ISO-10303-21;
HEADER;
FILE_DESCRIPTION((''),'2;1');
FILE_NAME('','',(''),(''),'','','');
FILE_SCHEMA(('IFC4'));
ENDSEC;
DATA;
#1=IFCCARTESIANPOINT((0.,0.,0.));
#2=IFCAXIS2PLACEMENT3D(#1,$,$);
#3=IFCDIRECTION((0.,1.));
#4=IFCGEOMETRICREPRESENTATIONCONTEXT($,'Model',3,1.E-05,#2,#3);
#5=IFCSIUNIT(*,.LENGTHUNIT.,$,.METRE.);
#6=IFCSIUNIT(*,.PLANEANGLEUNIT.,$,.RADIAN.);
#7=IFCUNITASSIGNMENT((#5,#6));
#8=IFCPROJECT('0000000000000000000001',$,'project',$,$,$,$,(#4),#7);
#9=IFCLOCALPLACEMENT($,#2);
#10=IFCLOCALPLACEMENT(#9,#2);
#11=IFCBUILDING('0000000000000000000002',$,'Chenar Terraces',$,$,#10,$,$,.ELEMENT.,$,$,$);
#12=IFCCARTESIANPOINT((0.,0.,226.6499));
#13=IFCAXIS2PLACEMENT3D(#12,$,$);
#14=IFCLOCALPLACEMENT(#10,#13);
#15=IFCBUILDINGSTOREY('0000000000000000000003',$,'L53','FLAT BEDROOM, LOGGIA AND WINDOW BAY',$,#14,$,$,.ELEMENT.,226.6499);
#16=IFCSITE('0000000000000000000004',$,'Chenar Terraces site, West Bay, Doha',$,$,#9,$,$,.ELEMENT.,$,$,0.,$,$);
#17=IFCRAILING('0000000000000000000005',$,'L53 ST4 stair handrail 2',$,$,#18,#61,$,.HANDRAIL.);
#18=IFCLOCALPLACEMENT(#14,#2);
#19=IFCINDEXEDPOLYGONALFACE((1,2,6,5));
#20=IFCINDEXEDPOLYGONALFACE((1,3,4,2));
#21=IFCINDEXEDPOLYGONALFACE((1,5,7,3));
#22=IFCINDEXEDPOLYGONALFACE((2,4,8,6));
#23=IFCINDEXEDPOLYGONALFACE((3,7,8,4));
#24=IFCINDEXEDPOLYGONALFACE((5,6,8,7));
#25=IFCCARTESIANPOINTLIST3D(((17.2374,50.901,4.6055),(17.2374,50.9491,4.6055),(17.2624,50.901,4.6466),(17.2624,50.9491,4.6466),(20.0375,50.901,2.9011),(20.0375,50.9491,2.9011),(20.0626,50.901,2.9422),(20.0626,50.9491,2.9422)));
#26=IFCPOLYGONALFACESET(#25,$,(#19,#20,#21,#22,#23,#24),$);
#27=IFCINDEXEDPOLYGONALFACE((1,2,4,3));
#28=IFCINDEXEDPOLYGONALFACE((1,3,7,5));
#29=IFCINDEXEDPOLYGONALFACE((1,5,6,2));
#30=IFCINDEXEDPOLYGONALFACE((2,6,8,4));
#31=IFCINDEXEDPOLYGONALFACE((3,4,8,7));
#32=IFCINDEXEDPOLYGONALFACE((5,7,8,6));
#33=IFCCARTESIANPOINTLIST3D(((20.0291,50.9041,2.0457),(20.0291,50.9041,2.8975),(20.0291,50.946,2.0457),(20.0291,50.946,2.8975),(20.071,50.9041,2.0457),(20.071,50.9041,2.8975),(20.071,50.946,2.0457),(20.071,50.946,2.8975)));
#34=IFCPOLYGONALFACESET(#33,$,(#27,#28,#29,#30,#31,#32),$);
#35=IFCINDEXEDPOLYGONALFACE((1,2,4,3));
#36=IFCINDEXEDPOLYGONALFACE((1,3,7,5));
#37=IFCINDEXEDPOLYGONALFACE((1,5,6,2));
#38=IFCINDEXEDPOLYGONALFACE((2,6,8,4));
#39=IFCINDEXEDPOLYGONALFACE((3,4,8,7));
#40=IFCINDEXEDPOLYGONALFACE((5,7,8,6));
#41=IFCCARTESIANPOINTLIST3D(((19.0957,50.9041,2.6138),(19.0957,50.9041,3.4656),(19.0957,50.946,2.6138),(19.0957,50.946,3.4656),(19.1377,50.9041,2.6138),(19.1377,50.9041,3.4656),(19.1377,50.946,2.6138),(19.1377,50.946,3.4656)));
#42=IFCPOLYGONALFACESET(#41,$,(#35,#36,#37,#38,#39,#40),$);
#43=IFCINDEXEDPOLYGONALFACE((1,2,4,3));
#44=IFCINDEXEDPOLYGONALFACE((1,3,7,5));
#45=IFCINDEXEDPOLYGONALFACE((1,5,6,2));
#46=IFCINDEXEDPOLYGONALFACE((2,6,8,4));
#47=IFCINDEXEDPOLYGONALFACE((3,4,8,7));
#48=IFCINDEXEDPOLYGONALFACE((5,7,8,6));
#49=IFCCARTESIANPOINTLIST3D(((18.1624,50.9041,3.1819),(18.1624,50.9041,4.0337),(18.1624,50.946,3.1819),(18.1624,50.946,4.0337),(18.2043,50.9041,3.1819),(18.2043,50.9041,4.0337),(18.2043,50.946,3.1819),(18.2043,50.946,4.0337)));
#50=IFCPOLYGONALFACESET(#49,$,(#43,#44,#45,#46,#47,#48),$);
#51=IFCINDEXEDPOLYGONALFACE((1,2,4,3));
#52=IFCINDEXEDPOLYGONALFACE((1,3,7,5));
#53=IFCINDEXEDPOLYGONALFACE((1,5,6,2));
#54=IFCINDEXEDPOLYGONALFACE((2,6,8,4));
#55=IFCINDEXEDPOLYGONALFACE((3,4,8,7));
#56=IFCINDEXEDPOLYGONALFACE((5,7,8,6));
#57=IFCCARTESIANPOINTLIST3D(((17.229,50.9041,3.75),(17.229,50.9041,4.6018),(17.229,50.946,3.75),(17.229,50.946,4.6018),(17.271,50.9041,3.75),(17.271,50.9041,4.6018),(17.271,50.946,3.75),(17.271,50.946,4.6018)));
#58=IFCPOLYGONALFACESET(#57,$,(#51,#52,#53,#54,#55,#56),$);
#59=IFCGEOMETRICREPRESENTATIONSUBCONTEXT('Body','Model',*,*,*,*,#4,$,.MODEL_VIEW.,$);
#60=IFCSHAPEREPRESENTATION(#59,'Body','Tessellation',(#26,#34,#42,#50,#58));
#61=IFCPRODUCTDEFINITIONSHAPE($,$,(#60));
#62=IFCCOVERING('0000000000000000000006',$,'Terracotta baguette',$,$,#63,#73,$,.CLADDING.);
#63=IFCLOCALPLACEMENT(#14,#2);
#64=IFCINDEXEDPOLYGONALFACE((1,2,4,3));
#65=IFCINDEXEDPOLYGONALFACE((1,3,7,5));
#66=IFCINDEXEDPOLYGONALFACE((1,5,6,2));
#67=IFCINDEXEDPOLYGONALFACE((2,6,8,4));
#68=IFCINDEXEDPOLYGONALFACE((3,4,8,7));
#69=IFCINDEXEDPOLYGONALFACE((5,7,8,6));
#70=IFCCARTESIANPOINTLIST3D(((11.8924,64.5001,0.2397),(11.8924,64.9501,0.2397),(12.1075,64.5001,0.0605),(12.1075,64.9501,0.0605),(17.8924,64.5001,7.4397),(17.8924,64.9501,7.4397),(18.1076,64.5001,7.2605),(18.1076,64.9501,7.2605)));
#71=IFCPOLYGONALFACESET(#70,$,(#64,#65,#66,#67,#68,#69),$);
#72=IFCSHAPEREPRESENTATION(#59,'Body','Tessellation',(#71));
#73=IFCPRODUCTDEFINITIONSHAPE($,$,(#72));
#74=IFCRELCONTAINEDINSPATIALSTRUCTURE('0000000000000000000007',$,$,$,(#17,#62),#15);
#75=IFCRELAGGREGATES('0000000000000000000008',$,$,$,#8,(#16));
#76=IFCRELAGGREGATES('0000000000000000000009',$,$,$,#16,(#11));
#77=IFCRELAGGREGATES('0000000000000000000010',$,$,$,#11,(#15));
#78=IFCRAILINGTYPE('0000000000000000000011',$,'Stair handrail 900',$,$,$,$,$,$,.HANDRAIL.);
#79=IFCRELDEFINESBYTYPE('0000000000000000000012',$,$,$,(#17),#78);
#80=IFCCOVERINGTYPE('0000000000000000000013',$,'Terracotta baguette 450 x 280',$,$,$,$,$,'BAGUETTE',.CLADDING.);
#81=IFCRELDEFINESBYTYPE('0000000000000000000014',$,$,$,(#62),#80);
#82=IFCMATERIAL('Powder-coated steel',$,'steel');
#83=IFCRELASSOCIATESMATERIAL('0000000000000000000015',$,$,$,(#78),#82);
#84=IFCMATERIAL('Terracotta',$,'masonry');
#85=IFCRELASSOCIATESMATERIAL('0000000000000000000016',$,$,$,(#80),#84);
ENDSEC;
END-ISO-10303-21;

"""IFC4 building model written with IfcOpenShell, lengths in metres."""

from ifc_helpers import new_model, si_unit, direction, frame, origin, origin_2d, place, context, subcontext, project, spatial, rectangle, extrude, material, material_profile, profile_set, type_object, element, save


model = new_model("IFC4")

# Units and contexts
model_context = context("Model", 3, precision=1e-05, world=origin(), true_north=direction((0.0, 1.0)))
body_context = subcontext(model_context, "Body", "Model", "MODEL_VIEW")
ifc_project = project(units=[si_unit("LENGTHUNIT", "METRE"), si_unit("PLANEANGLEUNIT", "RADIAN")], contexts=[model_context])

# Site, building, storey
site_placement = place(None, origin())
site = spatial("IfcSite", under=ifc_project, at=site_placement, Name="Chenar Terraces site, West Bay, Doha", CompositionType="ELEMENT", RefElevation=0.0)
building_placement = place(site_placement, origin())
building = spatial("IfcBuilding", under=site, at=building_placement, Name="Chenar Terraces", CompositionType="ELEMENT")
storey_placement = place(building_placement, frame((0.0, 0.0, 226.6499)))
storey = spatial("IfcBuildingStorey", under=building, at=storey_placement, Name="L53", Description="FLAT BEDROOM, LOGGIA AND WINDOW BAY", CompositionType="ELEMENT", Elevation=226.6499)

# Railing
ifc_material_1 = material(Name="Powder-coated steel", Category="steel")
railing_type_1 = type_object("IfcRailingType", Name="Stair handrail 900", PredefinedType="HANDRAIL", material=ifc_material_1)
railing_1_placement = place(storey_placement, frame((20.05, 50.925, 2.0457)))
element("IfcRailing", 1, at=railing_1_placement, inside=storey, type_object=railing_type_1, Name="L53 ST4 stair handrail 2", PredefinedType="HANDRAIL", context=body_context, shape_type="SweptSolid", body=[
    extrude(rectangle(XDim=0.0481, YDim=0.0481, at=origin_2d()), frame((0.0, 0.0, 0.876), z_axis=(-0.854203, 0.0, 0.51994), x_axis=(0.0, -1.0, 0.0)), (0.0, 0.0, 1.0), 3.2781),
    extrude(rectangle(XDim=0.042, YDim=0.042, at=origin_2d()), origin(), (0.0, 0.0, 1.0), 0.8518),
    extrude(rectangle(XDim=0.042, YDim=0.042, at=origin_2d()), frame((-0.9333, 0.0, 0.5681)), (0.0, 0.0, 1.0), 0.8518),
    extrude(rectangle(XDim=0.042, YDim=0.042, at=origin_2d()), frame((-1.8667, 0.0, 1.1362)), (0.0, 0.0, 1.0), 0.8518),
    extrude(rectangle(XDim=0.042, YDim=0.042, at=origin_2d()), frame((-2.8, 0.0, 1.7043)), (0.0, 0.0, 1.0), 0.8518),
])

# Covering
ifc_material_2 = material(Name="Terracotta", Category="masonry")
ifc_material_profile_1 = material_profile(ifc_material_2, rectangle(XDim=0.45, YDim=0.28, at=origin_2d()), Name="Terracotta baguette 450 x 280")
ifc_profile_set_1 = profile_set([ifc_material_profile_1], Name="Terracotta")
covering_type = type_object("IfcCoveringType", Name="Terracotta baguette 450 x 280", ElementType="BAGUETTE", PredefinedType="CLADDING", material=ifc_profile_set_1)
covering_placement = place(storey_placement, frame((18.0, 64.7251, 7.3501), z_axis=(-0.640187, 0.0, -0.768219), x_axis=(0.0, -1.0, 0.0)))
element("IfcCovering", 2, at=covering_placement, inside=storey, type_object=covering_type, Name="Terracotta baguette", PredefinedType="CLADDING", context=body_context, shape_type="SweptSolid", body=[
    extrude(rectangle(XDim=0.45, YDim=0.28, at=origin_2d()), origin(), (0.0, 0.0, 1.0), 9.3723),
])

save(model, "model.ifc")
